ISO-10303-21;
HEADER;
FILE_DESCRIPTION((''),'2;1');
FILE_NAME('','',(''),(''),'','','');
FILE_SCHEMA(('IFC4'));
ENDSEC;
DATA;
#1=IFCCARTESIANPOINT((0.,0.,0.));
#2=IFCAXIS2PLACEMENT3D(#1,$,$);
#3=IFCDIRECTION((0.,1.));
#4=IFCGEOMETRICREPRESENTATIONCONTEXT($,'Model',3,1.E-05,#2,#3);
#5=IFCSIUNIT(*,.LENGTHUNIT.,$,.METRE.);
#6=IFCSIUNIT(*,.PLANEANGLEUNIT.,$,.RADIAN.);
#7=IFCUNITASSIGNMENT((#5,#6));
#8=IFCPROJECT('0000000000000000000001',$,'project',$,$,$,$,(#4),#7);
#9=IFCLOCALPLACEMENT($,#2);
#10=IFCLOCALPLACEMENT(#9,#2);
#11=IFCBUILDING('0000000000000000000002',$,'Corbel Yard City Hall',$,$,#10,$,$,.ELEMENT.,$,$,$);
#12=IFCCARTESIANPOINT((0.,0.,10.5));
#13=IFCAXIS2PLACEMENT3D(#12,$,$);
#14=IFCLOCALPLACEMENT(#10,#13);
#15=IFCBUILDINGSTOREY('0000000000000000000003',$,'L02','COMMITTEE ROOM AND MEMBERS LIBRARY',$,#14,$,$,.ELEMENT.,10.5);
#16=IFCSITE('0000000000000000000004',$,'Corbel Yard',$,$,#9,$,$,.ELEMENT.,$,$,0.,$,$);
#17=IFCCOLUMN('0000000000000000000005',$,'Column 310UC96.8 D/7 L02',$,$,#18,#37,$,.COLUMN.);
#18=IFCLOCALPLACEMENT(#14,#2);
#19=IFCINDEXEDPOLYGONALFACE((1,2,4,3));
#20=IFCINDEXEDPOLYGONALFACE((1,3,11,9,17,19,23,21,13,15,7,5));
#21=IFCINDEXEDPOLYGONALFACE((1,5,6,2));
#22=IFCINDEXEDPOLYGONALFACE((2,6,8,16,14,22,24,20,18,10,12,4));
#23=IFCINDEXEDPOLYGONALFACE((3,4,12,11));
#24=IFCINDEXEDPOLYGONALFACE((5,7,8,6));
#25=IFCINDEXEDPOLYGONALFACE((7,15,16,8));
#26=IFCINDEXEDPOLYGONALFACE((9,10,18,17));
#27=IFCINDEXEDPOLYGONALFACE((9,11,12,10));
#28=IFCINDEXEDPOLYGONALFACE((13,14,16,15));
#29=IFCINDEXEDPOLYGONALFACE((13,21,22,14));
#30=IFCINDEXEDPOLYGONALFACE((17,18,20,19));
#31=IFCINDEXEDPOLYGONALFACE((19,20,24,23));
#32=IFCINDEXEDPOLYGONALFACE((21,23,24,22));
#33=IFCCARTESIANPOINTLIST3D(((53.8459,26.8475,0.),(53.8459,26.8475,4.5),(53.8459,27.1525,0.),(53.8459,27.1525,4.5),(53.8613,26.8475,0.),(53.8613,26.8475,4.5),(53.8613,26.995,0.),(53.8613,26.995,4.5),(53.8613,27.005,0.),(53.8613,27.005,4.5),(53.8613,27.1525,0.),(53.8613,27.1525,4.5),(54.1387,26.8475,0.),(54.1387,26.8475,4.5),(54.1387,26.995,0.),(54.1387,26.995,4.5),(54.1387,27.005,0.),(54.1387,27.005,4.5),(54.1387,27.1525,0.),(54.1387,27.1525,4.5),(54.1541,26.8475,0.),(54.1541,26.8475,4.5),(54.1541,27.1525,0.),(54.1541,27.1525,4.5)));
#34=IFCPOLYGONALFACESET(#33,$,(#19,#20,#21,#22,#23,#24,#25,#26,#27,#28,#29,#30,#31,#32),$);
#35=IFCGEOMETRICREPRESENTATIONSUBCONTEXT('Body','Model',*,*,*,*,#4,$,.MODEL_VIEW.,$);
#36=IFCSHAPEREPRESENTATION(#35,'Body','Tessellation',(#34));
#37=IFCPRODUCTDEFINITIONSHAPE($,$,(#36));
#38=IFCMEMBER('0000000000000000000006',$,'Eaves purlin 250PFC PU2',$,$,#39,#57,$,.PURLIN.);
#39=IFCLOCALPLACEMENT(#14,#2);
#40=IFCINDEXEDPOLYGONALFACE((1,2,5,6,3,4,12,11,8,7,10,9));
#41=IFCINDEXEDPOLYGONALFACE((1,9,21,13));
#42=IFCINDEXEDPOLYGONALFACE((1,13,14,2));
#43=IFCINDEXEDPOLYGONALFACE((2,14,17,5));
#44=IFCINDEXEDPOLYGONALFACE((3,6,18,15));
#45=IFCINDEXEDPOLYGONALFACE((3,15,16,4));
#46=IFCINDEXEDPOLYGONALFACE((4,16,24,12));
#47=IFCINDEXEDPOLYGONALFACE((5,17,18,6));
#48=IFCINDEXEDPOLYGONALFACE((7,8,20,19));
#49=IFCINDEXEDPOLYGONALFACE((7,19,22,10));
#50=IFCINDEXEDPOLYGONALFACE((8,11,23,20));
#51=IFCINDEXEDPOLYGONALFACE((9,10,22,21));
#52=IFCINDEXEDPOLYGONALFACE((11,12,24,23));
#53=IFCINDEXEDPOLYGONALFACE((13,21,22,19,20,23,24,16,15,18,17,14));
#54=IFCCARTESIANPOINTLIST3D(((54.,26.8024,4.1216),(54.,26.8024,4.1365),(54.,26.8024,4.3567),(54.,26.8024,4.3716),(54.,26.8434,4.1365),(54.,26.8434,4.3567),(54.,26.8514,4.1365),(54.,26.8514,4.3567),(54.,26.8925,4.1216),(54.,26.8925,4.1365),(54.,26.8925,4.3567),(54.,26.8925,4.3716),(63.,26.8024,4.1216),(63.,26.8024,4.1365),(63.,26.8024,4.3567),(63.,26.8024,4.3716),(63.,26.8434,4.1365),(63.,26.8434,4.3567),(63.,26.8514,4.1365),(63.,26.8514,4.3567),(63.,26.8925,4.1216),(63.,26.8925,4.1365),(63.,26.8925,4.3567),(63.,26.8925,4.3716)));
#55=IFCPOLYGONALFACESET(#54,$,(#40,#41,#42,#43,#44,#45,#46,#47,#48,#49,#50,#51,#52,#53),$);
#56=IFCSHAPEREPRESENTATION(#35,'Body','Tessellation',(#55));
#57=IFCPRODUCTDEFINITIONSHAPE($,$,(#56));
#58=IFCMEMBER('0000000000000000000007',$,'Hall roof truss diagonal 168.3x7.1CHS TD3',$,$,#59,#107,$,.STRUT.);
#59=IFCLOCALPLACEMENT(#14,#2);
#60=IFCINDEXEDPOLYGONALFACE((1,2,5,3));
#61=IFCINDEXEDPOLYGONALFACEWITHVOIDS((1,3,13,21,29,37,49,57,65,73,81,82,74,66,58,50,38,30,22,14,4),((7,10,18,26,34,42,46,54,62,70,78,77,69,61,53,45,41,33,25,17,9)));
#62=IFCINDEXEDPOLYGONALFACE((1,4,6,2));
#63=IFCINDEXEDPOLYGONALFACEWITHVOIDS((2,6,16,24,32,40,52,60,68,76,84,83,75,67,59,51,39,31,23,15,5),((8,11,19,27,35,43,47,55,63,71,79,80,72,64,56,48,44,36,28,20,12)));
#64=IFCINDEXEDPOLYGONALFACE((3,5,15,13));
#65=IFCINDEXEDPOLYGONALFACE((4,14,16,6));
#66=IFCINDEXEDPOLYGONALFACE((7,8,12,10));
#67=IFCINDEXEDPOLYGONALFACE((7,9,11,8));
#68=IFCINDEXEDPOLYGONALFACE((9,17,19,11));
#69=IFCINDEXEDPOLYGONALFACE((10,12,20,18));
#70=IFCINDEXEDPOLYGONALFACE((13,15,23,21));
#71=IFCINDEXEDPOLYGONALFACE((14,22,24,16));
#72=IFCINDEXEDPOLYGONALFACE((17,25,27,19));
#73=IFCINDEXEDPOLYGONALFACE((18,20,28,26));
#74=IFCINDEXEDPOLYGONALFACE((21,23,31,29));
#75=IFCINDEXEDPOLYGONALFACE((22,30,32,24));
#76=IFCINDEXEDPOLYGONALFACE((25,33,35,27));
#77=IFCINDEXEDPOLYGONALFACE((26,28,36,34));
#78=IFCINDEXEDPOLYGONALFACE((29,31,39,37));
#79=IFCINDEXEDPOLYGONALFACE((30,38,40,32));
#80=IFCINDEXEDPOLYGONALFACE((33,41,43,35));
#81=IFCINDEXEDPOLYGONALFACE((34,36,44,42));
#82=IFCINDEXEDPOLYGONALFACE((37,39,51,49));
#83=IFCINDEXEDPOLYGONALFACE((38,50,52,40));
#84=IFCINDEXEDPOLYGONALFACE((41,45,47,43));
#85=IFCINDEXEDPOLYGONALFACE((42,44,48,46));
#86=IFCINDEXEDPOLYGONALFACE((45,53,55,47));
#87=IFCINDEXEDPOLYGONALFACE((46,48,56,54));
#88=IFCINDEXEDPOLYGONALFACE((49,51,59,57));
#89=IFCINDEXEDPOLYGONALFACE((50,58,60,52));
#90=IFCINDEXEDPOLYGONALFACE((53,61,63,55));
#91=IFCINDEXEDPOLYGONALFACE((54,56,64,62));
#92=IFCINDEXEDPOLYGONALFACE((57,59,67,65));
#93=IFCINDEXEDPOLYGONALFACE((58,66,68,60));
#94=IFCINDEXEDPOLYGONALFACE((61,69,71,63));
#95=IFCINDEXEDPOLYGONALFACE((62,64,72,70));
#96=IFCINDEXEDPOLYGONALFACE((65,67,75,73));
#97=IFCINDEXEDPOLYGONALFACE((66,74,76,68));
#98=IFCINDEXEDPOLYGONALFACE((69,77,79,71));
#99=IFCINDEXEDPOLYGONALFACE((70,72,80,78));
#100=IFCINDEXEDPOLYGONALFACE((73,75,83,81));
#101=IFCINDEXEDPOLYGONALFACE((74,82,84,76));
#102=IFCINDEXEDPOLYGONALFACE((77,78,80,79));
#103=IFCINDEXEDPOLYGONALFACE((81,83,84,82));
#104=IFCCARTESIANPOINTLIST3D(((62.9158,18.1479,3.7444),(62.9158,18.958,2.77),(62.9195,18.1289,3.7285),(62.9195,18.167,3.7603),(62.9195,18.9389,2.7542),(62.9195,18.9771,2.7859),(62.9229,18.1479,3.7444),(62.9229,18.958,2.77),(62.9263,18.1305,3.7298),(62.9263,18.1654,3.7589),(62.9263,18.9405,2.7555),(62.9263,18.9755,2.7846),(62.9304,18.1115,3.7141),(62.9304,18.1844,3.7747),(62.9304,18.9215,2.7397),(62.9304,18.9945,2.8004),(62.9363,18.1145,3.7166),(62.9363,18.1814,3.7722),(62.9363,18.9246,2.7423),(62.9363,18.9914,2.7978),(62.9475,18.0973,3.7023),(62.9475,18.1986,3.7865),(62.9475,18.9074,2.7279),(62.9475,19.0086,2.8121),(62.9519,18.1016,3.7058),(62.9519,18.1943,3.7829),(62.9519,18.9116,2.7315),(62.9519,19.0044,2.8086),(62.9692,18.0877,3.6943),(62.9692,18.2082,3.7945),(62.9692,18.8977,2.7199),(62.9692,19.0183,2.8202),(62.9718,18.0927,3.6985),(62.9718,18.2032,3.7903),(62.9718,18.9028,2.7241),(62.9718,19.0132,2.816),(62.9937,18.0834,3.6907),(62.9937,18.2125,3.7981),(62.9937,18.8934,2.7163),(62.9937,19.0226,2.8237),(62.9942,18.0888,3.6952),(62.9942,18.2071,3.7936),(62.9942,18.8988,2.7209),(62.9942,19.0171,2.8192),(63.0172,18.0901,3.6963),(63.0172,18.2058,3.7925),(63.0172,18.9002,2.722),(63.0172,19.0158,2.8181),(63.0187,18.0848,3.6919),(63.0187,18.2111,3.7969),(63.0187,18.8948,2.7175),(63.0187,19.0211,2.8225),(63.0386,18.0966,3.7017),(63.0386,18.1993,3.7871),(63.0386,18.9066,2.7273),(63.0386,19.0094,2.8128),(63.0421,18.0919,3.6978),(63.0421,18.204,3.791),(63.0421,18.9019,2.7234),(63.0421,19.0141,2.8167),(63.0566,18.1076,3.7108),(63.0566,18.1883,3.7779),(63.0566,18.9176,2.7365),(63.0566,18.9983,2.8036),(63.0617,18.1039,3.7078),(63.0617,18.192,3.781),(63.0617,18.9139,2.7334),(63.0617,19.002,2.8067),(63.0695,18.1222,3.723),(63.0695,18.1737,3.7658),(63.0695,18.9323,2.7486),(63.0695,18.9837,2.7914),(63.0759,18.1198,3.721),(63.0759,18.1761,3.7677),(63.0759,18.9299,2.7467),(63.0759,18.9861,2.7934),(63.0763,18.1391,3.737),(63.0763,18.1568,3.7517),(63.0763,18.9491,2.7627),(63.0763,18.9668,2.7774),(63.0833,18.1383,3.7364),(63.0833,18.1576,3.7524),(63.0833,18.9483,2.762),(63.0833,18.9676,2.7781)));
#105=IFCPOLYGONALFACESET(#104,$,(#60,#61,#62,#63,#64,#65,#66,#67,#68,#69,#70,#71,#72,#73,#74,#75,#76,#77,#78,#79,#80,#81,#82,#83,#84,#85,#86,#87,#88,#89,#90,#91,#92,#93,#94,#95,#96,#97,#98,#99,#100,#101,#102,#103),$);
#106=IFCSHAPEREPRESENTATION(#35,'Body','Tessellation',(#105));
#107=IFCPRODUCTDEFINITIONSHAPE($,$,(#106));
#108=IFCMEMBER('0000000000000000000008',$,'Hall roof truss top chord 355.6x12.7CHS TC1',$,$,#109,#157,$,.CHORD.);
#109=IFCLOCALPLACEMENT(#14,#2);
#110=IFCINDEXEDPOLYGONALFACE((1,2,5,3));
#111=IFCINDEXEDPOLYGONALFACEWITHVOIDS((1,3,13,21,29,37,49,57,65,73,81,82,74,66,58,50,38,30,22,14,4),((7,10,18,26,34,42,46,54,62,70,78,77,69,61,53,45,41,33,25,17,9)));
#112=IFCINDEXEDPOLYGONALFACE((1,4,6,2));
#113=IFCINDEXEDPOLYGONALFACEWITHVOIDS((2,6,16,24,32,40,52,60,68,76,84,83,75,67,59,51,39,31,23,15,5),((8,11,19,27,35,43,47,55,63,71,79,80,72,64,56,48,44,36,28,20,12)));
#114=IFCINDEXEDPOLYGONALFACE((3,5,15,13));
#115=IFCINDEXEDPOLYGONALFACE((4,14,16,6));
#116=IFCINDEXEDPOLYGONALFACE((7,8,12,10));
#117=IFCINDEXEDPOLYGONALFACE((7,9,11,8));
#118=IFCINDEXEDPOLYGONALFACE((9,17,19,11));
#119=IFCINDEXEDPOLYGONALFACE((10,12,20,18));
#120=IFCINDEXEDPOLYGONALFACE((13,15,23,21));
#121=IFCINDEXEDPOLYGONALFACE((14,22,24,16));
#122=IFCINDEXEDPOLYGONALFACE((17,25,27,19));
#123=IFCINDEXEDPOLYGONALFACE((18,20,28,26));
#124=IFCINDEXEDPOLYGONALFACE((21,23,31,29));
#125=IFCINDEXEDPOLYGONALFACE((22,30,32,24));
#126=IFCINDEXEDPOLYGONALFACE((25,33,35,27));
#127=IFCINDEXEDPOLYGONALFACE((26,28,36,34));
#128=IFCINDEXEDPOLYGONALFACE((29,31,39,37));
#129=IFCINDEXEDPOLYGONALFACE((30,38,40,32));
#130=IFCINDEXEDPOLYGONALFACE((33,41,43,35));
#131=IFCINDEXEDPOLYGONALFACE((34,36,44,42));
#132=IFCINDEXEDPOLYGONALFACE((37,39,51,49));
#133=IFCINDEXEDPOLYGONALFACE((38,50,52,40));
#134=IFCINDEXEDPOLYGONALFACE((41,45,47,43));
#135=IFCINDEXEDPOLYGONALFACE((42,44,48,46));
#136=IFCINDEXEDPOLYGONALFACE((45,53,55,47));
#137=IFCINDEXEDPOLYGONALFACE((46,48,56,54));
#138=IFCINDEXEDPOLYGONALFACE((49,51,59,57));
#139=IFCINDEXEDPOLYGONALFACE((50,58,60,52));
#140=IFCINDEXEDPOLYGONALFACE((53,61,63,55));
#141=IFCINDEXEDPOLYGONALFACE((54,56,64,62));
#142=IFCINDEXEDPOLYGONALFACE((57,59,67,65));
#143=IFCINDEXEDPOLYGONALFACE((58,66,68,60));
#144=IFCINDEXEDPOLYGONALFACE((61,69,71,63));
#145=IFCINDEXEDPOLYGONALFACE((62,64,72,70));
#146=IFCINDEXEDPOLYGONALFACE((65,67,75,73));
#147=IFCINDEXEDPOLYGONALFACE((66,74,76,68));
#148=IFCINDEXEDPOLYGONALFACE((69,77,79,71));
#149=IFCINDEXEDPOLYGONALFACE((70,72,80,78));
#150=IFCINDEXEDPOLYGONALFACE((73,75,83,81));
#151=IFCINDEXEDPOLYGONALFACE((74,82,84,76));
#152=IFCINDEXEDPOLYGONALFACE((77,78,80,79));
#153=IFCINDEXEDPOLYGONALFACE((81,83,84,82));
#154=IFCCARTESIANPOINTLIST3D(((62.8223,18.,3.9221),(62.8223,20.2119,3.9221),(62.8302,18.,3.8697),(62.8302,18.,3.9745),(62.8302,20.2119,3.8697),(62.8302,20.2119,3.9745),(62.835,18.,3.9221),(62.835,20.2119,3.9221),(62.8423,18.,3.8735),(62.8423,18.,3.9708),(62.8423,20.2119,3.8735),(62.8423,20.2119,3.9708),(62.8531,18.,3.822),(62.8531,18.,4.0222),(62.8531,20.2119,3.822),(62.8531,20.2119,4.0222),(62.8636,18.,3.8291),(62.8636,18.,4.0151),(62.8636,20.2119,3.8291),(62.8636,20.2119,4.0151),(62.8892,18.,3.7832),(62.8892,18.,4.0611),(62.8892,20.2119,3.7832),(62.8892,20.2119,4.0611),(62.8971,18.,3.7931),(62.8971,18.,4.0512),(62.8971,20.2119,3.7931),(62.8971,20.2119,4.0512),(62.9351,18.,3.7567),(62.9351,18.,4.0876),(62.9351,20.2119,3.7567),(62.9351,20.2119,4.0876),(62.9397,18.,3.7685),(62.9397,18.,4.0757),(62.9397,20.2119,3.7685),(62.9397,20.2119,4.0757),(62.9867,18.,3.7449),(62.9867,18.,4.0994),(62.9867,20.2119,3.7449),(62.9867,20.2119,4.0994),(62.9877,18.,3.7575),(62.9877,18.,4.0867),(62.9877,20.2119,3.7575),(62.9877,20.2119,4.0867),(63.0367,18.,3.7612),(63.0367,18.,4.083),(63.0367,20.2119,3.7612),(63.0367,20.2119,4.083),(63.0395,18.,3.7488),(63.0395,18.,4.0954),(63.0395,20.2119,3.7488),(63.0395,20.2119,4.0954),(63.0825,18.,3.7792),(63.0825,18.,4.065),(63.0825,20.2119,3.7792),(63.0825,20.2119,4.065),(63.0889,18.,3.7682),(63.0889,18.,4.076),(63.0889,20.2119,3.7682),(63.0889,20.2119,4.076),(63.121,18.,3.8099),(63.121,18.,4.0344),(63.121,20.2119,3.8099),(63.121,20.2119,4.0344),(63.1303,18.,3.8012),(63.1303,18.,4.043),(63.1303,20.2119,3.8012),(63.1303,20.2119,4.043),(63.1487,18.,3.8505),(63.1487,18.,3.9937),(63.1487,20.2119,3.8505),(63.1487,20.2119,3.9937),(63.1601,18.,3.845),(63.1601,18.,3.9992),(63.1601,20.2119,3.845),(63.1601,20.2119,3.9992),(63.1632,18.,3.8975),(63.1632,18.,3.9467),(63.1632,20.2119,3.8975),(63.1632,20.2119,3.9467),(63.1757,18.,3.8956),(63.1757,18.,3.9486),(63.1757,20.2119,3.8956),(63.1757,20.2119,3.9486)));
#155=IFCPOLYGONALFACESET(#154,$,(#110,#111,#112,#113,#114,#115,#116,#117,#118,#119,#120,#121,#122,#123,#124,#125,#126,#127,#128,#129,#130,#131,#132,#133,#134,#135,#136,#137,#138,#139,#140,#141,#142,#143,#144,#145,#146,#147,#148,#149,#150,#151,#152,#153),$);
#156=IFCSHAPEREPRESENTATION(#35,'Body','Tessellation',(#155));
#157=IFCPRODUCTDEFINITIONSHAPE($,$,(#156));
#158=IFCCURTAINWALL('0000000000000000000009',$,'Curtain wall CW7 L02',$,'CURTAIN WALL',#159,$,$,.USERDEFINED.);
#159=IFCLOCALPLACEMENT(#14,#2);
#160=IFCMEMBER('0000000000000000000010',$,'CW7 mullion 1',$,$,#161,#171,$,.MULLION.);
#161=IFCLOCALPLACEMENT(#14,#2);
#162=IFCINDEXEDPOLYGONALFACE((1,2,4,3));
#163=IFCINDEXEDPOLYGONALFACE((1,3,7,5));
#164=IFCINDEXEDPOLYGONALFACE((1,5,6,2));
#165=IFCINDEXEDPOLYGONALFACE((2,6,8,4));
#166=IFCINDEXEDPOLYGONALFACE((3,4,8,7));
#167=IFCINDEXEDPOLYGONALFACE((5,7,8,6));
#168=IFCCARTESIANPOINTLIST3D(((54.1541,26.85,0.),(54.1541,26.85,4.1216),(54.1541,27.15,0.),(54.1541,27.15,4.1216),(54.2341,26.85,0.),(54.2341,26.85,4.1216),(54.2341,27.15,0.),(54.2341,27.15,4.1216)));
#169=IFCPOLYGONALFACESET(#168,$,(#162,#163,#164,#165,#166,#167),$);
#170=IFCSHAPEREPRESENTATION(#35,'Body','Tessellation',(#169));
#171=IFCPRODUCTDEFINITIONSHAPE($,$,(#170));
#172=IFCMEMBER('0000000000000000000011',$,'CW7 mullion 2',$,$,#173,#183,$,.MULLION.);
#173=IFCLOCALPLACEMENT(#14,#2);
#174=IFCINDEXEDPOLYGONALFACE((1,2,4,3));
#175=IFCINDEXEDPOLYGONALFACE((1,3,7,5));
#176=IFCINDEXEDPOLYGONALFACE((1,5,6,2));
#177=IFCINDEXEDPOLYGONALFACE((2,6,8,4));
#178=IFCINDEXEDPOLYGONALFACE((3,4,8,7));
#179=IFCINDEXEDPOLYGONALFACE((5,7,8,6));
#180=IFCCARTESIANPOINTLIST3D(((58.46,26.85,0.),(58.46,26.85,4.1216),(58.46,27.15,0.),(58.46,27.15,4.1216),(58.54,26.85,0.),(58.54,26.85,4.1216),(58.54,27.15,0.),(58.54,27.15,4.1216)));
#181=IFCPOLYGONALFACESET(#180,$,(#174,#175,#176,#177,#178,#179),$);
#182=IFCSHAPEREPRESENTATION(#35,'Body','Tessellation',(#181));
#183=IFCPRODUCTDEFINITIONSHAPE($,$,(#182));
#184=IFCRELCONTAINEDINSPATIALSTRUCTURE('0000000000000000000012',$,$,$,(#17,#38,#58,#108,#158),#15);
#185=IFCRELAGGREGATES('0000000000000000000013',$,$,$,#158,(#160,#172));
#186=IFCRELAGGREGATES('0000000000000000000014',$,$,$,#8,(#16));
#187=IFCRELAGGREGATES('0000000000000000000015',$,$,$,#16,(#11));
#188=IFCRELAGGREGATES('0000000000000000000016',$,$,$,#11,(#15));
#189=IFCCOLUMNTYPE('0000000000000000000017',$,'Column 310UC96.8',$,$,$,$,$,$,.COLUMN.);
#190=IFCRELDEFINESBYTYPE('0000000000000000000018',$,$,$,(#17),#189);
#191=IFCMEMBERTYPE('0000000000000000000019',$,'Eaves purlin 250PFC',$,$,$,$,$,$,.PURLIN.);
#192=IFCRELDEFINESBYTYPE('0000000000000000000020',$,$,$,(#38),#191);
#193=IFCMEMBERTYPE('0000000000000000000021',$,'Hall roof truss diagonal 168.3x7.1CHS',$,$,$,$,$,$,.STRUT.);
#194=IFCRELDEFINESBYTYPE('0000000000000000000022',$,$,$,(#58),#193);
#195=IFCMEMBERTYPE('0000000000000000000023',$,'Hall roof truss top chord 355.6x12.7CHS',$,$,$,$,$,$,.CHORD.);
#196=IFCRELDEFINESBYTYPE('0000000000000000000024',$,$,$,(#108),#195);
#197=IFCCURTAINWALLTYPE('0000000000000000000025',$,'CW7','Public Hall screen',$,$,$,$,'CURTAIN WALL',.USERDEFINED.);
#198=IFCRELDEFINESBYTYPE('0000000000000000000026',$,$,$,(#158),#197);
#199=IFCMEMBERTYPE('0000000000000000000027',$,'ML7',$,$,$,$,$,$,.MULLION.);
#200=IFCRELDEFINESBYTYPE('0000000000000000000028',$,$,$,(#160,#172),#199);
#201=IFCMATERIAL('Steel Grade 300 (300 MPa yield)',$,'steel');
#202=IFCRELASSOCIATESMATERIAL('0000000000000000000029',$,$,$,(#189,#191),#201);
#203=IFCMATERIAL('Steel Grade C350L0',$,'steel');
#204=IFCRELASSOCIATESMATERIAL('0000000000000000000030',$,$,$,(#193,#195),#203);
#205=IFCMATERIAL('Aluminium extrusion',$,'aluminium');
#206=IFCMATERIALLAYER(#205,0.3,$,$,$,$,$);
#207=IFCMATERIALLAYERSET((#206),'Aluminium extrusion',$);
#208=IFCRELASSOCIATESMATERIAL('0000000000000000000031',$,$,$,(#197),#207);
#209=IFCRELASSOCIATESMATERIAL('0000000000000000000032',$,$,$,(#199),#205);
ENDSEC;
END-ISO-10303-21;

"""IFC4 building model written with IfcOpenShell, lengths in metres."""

from ifc_helpers import new_model, si_unit, direction, frame, origin, origin_2d, place, context, subcontext, project, spatial, rectangle, hollow_circle, i_section, extrude, material, layer, layer_set, material_profile, profile_set, type_object, element, aggregate, save


model = new_model("IFC4")

# Units and contexts
model_context = context("Model", 3, precision=1e-05, world=origin(), true_north=direction((0.0, 1.0)))
body_context = subcontext(model_context, "Body", "Model", "MODEL_VIEW")
ifc_project = project(units=[si_unit("LENGTHUNIT", "METRE"), si_unit("PLANEANGLEUNIT", "RADIAN")], contexts=[model_context])

# Site, building, storey
site_placement = place(None, origin())
site = spatial("IfcSite", under=ifc_project, at=site_placement, Name="Corbel Yard", CompositionType="ELEMENT", RefElevation=0.0)
building_placement = place(site_placement, origin())
building = spatial("IfcBuilding", under=site, at=building_placement, Name="Corbel Yard City Hall", CompositionType="ELEMENT")
storey_placement = place(building_placement, frame((0.0, 0.0, 10.5)))
storey = spatial("IfcBuildingStorey", under=building, at=storey_placement, Name="L02", Description="COMMITTEE ROOM AND MEMBERS LIBRARY", CompositionType="ELEMENT", Elevation=10.5)

# Column
ifc_material_1 = material(Name="Steel Grade 300 (300 MPa yield)", Category="steel")
ifc_material_profile_1 = material_profile(ifc_material_1, i_section(OverallWidth=0.3049, OverallDepth=0.3081, WebThickness=0.01, FlangeThickness=0.0154, at=origin_2d()), Name="310UC96.8")
ifc_profile_set_1 = profile_set([ifc_material_profile_1], Name="Steel Grade 300 (300 MPa yield)")
column_type = type_object("IfcColumnType", Name="Column 310UC96.8", PredefinedType="COLUMN", material=ifc_profile_set_1)
column_placement = place(storey_placement, frame((54.0, 27.0, 0.0), z_axis=(0.0, 0.0, 1.0), x_axis=(0.0, 1.0, 0.0)))
element("IfcColumn", 1, at=column_placement, inside=storey, type_object=column_type, Name="Column 310UC96.8 D/7 L02", PredefinedType="COLUMN", context=body_context, shape_type="SweptSolid", body=[
    extrude(i_section(OverallWidth=0.3049, OverallDepth=0.3081, WebThickness=0.01, FlangeThickness=0.0154, at=origin_2d()), origin(), (0.0, 0.0, 1.0), 4.5),
])

# Members
ifc_material_profile_2 = material_profile(ifc_material_1, i_section(OverallWidth=0.0901, OverallDepth=0.25, WebThickness=0.0081, FlangeThickness=0.0149, at=origin_2d()), Name="250PFC")
ifc_profile_set_2 = profile_set([ifc_material_profile_2], Name="Steel Grade 300 (300 MPa yield)")
member_type_1 = type_object("IfcMemberType", Name="Eaves purlin 250PFC", PredefinedType="PURLIN", material=ifc_profile_set_2)
member_1_placement = place(storey_placement, frame((54.0, 26.8474, 4.2466), z_axis=(1.0, 0.0, 0.0), x_axis=(0.0, 1.0, 0.0)))
element("IfcMember", 2, at=member_1_placement, inside=storey, type_object=member_type_1, Name="Eaves purlin 250PFC PU2", PredefinedType="PURLIN", context=body_context, shape_type="SweptSolid", body=[
    extrude(i_section(OverallWidth=0.0901, OverallDepth=0.25, WebThickness=0.0081, FlangeThickness=0.0149, at=origin_2d()), origin(), (0.0, 0.0, 1.0), 9.0),
])
ifc_material_2 = material(Name="Steel Grade C350L0", Category="steel")
ifc_material_profile_3 = material_profile(ifc_material_2, hollow_circle(Radius=0.0842, WallThickness=0.0071, at=origin_2d()), Name="168.3x7.1CHS")
ifc_profile_set_3 = profile_set([ifc_material_profile_3], Name="Steel Grade C350L0")
member_type_2 = type_object("IfcMemberType", Name="Hall roof truss diagonal 168.3x7.1CHS", PredefinedType="STRUT", material=ifc_profile_set_3)
member_2_placement = place(storey_placement, frame((63.0, 18.1479, 3.7444), z_axis=(0.0, 0.639293, -0.768963), x_axis=(-1.0, 0.0, 0.0)))
element("IfcMember", 3, at=member_2_placement, inside=storey, type_object=member_type_2, Name="Hall roof truss diagonal 168.3x7.1CHS TD3", PredefinedType="STRUT", context=body_context, shape_type="SweptSolid", body=[
    extrude(hollow_circle(Radius=0.0842, WallThickness=0.0071, at=origin_2d()), origin(), (0.0, 0.0, 1.0), 1.2671),
])
ifc_material_profile_4 = material_profile(ifc_material_2, hollow_circle(Radius=0.1777, WallThickness=0.0127, at=origin_2d()), Name="355.6x12.7CHS")
ifc_profile_set_4 = profile_set([ifc_material_profile_4], Name="Steel Grade C350L0")
member_type_3 = type_object("IfcMemberType", Name="Hall roof truss top chord 355.6x12.7CHS", PredefinedType="CHORD", material=ifc_profile_set_4)
member_3_placement = place(storey_placement, frame((63.0, 18.0, 3.9221), z_axis=(0.0, 1.0, 0.0), x_axis=(-1.0, 0.0, 0.0)))
element("IfcMember", 4, at=member_3_placement, inside=storey, type_object=member_type_3, Name="Hall roof truss top chord 355.6x12.7CHS TC1", PredefinedType="CHORD", context=body_context, shape_type="SweptSolid", body=[
    extrude(hollow_circle(Radius=0.1777, WallThickness=0.0127, at=origin_2d()), origin(), (0.0, 0.0, 1.0), 2.2119),
])

# Curtain wall, members
ifc_material_3 = material(Name="Aluminium extrusion", Category="aluminium")
ifc_layer_1 = layer(ifc_material_3, 0.3)
ifc_layer_set_1 = layer_set([ifc_layer_1], Name="Aluminium extrusion")
curtain_wall_type = type_object("IfcCurtainWallType", Name="CW7", Description="Public Hall screen", ElementType="CURTAIN WALL", PredefinedType="USERDEFINED", material=ifc_layer_set_1)
curtain_wall_placement = place(storey_placement, origin())
curtain_wall = element("IfcCurtainWall", 5, at=curtain_wall_placement, inside=storey, type_object=curtain_wall_type, Name="Curtain wall CW7 L02", ObjectType="CURTAIN WALL", PredefinedType="USERDEFINED")
ifc_material_profile_5 = material_profile(ifc_material_3, rectangle(XDim=0.3, YDim=0.0801, at=origin_2d()), Name="300x80")
ifc_profile_set_5 = profile_set([ifc_material_profile_5], Name="Aluminium extrusion")
member_type_4 = type_object("IfcMemberType", Name="ML7", PredefinedType="MULLION", material=ifc_profile_set_5)
member_4_placement = place(storey_placement, frame((54.1941, 27.0, 0.0), z_axis=(0.0, 0.0, 1.0), x_axis=(0.0, 1.0, 0.0)))
member_4 = element("IfcMember", 6, at=member_4_placement, type_object=member_type_4, Name="CW7 mullion 1", PredefinedType="MULLION", context=body_context, shape_type="SweptSolid", body=[
    extrude(rectangle(XDim=0.3, YDim=0.0801, at=origin_2d()), origin(), (0.0, 0.0, 1.0), 4.1216),
])
member_5_placement = place(storey_placement, frame((58.5, 27.0, 0.0), z_axis=(0.0, 0.0, 1.0), x_axis=(0.0, 1.0, 0.0)))
member_5 = element("IfcMember", 7, at=member_5_placement, type_object=member_type_4, Name="CW7 mullion 2", PredefinedType="MULLION", context=body_context, shape_type="SweptSolid", body=[
    extrude(rectangle(XDim=0.3, YDim=0.0801, at=origin_2d()), origin(), (0.0, 0.0, 1.0), 4.1216),
])

aggregate(curtain_wall, [member_4, member_5])

save(model, "model.ifc")
